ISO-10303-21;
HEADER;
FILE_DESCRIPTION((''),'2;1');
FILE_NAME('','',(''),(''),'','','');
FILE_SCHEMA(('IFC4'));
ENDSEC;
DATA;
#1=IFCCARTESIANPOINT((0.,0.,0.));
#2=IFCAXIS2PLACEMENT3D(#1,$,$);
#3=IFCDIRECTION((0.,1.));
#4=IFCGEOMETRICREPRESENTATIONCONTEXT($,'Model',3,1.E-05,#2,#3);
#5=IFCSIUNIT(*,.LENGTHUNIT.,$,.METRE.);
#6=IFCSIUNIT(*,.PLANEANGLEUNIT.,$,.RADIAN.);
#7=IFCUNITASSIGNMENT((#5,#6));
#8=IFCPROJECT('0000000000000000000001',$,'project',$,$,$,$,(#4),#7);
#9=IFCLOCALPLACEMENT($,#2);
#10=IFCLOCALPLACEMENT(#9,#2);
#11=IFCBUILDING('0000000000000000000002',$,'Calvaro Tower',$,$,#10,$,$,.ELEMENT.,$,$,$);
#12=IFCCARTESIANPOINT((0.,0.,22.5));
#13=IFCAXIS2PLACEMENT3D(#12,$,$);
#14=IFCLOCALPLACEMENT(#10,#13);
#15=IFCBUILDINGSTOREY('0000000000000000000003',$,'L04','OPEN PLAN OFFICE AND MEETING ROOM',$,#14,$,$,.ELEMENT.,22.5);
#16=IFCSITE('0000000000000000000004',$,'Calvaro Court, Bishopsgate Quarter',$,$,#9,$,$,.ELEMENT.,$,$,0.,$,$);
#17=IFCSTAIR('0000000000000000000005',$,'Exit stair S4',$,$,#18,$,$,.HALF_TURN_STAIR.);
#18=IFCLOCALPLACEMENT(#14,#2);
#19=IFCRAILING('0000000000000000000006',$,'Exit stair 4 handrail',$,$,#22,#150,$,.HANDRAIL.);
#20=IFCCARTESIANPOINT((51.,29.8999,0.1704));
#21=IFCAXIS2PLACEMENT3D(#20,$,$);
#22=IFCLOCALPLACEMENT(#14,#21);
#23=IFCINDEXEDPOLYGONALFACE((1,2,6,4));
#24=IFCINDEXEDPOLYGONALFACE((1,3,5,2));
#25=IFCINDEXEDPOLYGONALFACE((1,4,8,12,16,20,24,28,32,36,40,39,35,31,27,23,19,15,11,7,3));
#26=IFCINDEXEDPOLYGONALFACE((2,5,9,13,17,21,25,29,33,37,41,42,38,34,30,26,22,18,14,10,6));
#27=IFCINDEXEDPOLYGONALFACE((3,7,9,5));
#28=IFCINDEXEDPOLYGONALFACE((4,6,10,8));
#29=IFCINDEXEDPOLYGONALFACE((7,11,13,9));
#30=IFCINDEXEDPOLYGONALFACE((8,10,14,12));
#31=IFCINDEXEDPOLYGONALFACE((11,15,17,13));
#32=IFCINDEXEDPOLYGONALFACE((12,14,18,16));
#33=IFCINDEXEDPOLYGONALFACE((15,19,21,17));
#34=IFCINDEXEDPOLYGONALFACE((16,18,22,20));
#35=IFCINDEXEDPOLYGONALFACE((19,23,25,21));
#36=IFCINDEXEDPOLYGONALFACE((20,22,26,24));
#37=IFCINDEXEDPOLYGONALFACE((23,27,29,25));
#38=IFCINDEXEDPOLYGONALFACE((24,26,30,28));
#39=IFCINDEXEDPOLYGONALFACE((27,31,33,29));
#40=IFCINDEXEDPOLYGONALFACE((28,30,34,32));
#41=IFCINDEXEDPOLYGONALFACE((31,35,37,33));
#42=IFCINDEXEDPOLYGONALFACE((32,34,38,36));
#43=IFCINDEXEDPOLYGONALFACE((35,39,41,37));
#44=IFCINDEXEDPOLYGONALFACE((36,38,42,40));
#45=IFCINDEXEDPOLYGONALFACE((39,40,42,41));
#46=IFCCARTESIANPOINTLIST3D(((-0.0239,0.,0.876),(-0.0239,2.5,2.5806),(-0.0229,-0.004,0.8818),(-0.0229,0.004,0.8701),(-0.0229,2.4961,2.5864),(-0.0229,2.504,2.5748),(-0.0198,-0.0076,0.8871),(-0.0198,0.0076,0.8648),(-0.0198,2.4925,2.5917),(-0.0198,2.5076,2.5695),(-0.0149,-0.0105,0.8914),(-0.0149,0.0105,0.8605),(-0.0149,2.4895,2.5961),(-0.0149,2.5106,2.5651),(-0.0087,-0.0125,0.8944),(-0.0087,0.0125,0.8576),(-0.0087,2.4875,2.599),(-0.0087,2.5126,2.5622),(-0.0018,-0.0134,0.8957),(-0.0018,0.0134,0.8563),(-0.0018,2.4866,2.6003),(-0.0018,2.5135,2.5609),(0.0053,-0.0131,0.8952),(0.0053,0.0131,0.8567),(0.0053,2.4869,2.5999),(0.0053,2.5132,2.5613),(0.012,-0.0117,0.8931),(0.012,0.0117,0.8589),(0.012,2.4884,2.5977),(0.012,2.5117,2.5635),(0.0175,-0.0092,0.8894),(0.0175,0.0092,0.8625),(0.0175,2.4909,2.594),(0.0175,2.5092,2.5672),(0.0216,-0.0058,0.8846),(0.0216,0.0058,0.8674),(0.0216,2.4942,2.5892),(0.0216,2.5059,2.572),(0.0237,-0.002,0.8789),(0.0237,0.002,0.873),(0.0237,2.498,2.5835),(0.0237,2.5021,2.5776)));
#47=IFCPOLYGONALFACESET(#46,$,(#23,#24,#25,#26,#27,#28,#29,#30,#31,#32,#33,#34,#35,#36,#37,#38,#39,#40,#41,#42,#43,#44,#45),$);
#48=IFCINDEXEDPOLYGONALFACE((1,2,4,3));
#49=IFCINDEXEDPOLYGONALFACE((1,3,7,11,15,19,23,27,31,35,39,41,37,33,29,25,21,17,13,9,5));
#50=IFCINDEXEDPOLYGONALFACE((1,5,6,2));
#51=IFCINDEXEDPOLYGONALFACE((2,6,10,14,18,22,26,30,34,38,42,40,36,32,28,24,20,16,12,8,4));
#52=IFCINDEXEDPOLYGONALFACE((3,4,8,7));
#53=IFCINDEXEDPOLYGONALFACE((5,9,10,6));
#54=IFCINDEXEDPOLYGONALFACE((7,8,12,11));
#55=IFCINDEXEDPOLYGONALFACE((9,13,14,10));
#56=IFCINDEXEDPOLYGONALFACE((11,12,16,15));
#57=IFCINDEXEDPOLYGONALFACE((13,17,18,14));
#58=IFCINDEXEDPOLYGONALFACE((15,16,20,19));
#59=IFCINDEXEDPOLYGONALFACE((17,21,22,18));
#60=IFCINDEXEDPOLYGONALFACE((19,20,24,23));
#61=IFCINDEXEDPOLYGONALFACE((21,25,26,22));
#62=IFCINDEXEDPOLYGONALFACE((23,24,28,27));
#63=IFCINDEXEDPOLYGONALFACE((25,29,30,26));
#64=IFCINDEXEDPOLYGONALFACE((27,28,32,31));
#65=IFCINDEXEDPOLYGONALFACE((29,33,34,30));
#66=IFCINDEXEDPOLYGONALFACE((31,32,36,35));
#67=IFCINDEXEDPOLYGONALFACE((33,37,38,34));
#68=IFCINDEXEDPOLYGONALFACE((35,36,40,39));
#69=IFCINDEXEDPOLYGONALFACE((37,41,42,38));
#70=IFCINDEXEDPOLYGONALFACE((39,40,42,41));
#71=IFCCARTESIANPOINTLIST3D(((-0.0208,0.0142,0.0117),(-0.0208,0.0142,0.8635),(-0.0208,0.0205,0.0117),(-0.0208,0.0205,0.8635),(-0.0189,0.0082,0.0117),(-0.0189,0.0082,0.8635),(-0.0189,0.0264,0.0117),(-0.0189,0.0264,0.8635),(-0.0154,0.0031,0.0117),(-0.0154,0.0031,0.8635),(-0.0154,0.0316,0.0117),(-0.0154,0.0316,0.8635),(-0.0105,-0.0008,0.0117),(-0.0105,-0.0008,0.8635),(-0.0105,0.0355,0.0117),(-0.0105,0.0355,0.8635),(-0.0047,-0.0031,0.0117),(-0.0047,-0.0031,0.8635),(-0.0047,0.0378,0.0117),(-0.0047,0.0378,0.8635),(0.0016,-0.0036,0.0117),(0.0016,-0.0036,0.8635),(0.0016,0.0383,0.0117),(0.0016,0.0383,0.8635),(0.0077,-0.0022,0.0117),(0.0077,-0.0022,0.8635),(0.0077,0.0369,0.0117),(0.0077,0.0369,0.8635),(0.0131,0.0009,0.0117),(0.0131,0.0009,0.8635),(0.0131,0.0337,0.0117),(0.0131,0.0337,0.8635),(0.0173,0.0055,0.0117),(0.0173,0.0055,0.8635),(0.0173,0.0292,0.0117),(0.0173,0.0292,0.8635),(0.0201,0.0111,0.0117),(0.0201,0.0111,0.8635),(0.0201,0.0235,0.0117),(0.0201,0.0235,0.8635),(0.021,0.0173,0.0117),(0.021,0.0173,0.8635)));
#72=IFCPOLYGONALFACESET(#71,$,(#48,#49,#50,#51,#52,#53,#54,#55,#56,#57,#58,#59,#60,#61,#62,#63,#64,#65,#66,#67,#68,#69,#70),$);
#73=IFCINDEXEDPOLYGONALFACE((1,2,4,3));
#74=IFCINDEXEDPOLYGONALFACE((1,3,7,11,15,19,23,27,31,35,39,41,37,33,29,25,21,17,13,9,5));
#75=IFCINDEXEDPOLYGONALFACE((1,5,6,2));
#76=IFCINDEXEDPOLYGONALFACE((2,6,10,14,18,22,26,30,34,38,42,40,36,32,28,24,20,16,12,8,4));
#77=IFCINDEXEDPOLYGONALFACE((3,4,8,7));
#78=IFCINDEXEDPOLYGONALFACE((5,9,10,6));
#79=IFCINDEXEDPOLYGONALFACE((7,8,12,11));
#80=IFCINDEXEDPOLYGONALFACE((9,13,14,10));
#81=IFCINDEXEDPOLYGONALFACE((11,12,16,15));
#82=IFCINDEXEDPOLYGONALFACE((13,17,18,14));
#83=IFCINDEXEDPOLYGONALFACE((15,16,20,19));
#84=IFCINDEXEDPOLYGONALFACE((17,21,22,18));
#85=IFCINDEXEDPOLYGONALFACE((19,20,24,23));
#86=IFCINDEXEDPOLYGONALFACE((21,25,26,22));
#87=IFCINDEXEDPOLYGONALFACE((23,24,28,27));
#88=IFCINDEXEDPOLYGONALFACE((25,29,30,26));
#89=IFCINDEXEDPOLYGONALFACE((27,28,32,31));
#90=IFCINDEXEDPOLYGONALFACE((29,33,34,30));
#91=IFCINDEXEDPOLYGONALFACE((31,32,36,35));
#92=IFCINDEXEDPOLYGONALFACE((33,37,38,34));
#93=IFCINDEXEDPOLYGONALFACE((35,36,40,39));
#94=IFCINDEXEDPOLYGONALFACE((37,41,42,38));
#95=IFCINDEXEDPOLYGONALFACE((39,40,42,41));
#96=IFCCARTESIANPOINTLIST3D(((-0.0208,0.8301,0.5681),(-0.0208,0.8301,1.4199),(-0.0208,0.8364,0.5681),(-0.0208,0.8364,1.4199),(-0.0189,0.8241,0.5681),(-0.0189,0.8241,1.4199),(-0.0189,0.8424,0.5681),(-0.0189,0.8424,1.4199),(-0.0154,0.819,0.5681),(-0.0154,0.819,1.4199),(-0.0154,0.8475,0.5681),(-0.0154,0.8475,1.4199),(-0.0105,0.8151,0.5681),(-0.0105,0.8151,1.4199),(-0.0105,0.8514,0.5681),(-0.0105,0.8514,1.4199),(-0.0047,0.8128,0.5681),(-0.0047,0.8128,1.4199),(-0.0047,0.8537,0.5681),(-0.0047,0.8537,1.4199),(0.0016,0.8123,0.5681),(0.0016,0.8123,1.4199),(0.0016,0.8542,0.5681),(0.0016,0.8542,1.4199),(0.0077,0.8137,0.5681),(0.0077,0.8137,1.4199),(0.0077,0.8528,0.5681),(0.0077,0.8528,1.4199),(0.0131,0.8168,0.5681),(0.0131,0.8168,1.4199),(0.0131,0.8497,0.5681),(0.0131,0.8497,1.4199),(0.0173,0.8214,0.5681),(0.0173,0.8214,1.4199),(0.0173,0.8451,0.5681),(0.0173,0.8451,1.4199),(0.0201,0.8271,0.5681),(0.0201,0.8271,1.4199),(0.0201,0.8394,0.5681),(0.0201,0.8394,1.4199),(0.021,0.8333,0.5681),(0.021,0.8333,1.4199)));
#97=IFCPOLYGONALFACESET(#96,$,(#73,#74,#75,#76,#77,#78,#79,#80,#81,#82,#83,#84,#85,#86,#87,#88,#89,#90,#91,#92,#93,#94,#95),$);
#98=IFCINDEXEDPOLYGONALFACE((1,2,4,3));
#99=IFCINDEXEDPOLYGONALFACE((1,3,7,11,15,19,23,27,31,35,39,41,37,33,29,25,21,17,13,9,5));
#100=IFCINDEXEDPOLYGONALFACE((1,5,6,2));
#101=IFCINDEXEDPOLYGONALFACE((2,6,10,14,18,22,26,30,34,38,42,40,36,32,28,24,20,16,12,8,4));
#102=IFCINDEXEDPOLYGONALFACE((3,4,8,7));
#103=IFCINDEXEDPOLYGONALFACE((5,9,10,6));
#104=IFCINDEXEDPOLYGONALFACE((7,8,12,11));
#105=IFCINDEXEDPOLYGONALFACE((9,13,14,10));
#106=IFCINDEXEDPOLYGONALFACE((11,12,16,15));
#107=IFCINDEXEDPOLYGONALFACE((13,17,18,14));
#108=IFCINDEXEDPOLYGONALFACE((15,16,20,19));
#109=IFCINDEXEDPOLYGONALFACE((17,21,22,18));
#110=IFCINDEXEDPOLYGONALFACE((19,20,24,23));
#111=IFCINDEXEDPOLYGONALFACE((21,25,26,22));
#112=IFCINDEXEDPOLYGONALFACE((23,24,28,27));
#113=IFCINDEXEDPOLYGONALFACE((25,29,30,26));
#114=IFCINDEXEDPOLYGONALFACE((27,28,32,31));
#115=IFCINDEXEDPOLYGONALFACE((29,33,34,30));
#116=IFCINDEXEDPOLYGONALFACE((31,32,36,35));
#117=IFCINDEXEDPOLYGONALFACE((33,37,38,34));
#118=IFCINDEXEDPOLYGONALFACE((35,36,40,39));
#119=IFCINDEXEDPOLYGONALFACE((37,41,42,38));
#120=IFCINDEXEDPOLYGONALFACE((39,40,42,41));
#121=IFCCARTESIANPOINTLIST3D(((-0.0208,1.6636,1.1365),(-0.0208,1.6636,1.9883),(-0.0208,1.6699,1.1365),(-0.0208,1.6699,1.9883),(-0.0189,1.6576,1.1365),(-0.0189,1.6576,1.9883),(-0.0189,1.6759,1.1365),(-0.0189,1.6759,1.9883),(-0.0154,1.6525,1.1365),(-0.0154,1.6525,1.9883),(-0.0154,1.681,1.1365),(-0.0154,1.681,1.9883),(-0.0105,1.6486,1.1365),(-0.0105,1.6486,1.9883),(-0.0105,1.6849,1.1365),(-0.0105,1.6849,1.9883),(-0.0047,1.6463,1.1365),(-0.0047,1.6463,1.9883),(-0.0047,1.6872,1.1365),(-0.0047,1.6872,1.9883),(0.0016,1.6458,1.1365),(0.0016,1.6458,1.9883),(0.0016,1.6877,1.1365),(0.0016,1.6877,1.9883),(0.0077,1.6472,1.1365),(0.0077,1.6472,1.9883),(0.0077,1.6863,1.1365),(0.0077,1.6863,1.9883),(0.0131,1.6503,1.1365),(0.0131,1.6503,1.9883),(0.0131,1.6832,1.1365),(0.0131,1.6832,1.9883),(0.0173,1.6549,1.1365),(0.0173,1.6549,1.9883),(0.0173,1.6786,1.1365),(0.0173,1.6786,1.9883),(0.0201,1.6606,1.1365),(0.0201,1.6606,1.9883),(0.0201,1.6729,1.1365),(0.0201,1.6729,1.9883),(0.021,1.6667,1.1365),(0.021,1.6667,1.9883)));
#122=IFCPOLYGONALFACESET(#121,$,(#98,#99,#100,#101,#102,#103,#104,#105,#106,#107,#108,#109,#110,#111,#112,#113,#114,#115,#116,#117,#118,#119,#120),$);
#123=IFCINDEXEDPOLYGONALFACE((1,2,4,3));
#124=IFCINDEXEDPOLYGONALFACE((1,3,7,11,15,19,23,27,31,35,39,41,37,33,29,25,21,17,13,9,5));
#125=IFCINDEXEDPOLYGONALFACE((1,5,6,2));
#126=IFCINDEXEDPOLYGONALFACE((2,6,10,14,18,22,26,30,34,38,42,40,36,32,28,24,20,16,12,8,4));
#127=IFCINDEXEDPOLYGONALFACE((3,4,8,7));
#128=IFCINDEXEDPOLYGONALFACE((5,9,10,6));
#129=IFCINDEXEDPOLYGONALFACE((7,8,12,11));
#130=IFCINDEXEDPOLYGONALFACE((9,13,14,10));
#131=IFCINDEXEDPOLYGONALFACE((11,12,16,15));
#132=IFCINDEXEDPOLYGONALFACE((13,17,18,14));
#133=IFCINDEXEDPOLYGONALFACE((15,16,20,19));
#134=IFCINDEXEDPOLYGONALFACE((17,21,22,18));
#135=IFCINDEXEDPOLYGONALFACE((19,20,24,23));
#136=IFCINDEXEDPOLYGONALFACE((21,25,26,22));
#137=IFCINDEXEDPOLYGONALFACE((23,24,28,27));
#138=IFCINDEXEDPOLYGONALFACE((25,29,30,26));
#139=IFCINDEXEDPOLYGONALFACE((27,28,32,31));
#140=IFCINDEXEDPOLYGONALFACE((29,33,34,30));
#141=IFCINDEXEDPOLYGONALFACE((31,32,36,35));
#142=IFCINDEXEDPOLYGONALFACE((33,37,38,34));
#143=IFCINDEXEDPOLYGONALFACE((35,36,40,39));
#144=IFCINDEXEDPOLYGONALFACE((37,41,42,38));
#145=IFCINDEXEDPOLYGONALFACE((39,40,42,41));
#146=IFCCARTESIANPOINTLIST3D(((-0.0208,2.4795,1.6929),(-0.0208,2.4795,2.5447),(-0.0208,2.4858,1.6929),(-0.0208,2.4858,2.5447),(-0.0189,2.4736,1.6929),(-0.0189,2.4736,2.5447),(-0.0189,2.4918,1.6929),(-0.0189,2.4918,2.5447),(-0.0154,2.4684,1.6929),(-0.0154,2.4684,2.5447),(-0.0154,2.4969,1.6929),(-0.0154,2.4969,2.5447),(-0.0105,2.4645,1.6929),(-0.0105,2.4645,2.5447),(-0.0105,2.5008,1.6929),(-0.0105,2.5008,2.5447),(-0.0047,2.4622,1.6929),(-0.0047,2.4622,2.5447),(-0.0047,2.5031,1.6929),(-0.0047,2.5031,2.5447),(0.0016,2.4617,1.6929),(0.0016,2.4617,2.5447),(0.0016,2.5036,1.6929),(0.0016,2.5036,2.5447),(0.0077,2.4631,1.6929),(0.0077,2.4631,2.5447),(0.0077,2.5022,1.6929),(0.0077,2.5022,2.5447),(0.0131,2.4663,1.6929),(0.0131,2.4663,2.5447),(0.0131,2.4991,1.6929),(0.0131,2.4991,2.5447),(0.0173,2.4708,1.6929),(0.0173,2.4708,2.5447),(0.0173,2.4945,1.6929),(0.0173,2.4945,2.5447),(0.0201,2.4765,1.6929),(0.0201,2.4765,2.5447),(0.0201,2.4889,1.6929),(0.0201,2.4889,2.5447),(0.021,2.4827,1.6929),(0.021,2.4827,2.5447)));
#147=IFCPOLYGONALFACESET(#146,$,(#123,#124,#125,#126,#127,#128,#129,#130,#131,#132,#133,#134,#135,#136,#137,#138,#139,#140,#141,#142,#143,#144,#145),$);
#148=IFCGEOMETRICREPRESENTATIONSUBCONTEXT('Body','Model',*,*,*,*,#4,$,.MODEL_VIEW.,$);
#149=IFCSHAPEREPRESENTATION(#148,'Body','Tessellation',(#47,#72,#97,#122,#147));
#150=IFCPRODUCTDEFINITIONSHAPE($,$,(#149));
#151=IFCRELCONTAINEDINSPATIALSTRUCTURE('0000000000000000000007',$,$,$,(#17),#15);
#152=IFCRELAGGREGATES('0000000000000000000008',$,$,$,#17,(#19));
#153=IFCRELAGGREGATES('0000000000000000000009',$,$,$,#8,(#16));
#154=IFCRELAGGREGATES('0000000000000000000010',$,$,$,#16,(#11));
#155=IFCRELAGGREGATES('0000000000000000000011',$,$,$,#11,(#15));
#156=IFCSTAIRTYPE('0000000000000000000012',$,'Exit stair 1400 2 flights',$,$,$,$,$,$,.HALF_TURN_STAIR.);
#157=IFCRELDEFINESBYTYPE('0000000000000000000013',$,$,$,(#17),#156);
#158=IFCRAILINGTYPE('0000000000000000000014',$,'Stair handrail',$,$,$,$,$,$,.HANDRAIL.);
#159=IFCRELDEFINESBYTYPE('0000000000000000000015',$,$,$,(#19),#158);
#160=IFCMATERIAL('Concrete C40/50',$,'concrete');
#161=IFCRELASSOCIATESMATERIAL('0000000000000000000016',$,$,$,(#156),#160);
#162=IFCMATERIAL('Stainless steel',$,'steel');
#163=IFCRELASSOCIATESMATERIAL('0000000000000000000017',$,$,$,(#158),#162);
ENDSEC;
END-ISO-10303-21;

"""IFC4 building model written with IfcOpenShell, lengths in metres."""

from ifc_helpers import new_model, si_unit, direction, frame, origin, origin_2d, place, context, subcontext, project, spatial, circle, extrude, material, type_object, element, aggregate, save


model = new_model("IFC4")

# Units and contexts
model_context = context("Model", 3, precision=1e-05, world=origin(), true_north=direction((0.0, 1.0)))
body_context = subcontext(model_context, "Body", "Model", "MODEL_VIEW")
ifc_project = project(units=[si_unit("LENGTHUNIT", "METRE"), si_unit("PLANEANGLEUNIT", "RADIAN")], contexts=[model_context])

# Site, building, storey
site_placement = place(None, origin())
site = spatial("IfcSite", under=ifc_project, at=site_placement, Name="Calvaro Court, Bishopsgate Quarter", CompositionType="ELEMENT", RefElevation=0.0)
building_placement = place(site_placement, origin())
building = spatial("IfcBuilding", under=site, at=building_placement, Name="Calvaro Tower", CompositionType="ELEMENT")
storey_placement = place(building_placement, frame((0.0, 0.0, 22.5)))
storey = spatial("IfcBuildingStorey", under=building, at=storey_placement, Name="L04", Description="OPEN PLAN OFFICE AND MEETING ROOM", CompositionType="ELEMENT", Elevation=22.5)

# Stair
ifc_material_1 = material(Name="Concrete C40/50", Category="concrete")
stair_type = type_object("IfcStairType", Name="Exit stair 1400 2 flights", PredefinedType="HALF_TURN_STAIR", material=ifc_material_1)
stair_1_placement = place(storey_placement, origin())
stair_1 = element("IfcStair", 1, at=stair_1_placement, inside=storey, type_object=stair_type, Name="Exit stair S4", PredefinedType="HALF_TURN_STAIR")

# Railing
ifc_material_2 = material(Name="Stainless steel", Category="steel")
railing_type = type_object("IfcRailingType", Name="Stair handrail", PredefinedType="HANDRAIL", material=ifc_material_2)
railing_1_placement = place(storey_placement, frame((51.0, 29.8999, 0.1704)))
railing_1 = element("IfcRailing", 2, at=railing_1_placement, type_object=railing_type, Name="Exit stair 4 handrail", PredefinedType="HANDRAIL", context=body_context, shape_type="SweptSolid", body=[
    extrude(circle(Radius=0.0239, at=origin_2d()), frame((0.0, 0.0, 0.876), z_axis=(0.0, 0.826221, 0.563347), x_axis=(-1.0, 0.0, 0.0)), (0.0, 0.0, 1.0), 3.0259),
    extrude(circle(Radius=0.021, at=origin_2d()), frame((0.0, 0.0173, 0.0117)), (0.0, 0.0, 1.0), 0.8518),
    extrude(circle(Radius=0.021, at=origin_2d()), frame((0.0, 0.8333, 0.5681)), (0.0, 0.0, 1.0), 0.8518),
    extrude(circle(Radius=0.021, at=origin_2d()), frame((0.0, 1.6667, 1.1365)), (0.0, 0.0, 1.0), 0.8518),
    extrude(circle(Radius=0.021, at=origin_2d()), frame((0.0, 2.4827, 1.6929)), (0.0, 0.0, 1.0), 0.8518),
])
aggregate(stair_1, [railing_1])

save(model, "model.ifc")
